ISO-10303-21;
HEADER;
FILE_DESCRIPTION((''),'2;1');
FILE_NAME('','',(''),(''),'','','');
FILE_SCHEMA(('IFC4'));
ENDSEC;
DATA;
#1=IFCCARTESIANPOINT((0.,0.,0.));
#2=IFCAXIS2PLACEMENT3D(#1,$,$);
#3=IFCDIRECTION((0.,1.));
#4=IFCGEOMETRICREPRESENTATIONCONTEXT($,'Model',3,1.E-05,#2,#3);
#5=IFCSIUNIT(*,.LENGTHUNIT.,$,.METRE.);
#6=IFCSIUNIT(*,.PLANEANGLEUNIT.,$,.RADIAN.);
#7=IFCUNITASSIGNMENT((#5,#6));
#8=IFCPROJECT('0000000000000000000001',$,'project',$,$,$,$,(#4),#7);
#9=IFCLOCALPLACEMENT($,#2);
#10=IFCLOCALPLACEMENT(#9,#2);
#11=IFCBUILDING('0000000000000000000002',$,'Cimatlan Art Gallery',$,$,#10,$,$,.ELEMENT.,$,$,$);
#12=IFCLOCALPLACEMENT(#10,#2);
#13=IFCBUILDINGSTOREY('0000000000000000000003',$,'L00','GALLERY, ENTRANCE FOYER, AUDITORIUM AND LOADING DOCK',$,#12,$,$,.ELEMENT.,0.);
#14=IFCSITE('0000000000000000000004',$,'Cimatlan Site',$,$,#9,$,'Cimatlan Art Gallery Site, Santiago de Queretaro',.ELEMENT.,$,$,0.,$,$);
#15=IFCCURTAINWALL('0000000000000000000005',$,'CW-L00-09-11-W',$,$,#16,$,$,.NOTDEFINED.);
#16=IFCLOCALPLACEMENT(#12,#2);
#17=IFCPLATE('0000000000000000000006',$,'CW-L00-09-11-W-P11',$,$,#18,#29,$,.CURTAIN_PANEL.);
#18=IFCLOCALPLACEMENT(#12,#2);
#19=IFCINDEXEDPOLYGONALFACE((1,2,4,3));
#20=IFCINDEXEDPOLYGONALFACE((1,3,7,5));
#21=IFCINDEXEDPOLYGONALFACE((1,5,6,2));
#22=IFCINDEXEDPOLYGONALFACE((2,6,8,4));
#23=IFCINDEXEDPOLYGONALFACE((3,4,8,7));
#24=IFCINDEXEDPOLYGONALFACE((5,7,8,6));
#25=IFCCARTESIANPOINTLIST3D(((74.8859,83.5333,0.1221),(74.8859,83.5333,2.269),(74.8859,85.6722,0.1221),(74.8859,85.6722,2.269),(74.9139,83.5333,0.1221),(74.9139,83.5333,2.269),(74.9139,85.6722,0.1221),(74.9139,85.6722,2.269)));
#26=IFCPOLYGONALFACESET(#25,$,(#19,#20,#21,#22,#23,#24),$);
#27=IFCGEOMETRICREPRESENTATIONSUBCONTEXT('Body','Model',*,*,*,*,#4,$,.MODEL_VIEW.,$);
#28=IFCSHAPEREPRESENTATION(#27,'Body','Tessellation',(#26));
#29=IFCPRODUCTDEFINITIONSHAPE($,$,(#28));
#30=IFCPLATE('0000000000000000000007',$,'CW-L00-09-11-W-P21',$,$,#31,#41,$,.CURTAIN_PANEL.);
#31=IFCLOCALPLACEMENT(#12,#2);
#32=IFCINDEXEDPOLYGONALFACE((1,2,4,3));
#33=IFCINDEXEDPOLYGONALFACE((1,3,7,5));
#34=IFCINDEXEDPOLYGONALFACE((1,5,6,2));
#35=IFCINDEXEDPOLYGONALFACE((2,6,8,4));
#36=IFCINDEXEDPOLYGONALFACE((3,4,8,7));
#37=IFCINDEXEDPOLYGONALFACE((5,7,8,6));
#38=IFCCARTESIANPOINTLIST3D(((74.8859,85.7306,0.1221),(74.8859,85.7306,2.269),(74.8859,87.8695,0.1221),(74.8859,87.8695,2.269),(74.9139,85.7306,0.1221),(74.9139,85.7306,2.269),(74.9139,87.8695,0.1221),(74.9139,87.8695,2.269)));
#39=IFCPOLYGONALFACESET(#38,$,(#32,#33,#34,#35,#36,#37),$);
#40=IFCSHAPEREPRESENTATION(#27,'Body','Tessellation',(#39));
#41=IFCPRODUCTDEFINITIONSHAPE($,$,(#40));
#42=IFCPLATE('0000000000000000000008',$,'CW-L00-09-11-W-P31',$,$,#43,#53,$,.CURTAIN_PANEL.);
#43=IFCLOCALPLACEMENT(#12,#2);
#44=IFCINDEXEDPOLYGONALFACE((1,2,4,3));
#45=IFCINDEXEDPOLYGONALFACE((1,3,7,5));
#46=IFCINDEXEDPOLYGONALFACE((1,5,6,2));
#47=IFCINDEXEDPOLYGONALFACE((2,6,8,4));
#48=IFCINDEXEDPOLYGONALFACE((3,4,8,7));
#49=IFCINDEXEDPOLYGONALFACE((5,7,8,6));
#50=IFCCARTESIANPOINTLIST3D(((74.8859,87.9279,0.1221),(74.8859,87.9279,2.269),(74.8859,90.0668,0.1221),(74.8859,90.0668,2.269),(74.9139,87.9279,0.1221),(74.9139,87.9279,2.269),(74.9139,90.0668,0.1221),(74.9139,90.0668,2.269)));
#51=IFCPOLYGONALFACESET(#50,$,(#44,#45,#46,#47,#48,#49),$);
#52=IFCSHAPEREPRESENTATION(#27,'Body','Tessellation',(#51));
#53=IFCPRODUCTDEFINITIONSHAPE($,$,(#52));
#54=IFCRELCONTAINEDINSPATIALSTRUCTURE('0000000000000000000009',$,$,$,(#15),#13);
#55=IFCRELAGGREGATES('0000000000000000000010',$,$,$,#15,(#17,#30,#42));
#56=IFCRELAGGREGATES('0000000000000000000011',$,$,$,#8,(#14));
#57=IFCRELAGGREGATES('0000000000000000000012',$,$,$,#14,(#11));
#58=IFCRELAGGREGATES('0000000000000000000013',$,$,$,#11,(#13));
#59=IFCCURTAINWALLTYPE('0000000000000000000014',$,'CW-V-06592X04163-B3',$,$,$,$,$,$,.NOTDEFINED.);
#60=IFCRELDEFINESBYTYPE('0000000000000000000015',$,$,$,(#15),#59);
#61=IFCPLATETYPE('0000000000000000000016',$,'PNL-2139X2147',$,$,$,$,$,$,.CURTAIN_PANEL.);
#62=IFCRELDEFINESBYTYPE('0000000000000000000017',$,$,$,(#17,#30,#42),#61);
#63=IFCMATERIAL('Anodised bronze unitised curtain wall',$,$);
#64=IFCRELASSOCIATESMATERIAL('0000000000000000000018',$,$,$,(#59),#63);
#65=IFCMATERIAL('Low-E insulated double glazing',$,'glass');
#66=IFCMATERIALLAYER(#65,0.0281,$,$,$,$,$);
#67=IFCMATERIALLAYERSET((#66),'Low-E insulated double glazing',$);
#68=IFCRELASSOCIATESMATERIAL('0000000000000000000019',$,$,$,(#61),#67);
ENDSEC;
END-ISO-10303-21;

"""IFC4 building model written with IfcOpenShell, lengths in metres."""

from ifc_helpers import new_model, si_unit, direction, frame, origin, origin_2d, place, context, subcontext, project, spatial, rectangle, extrude, material, layer, layer_set, type_object, element, aggregate, save


model = new_model("IFC4")

# Units and contexts
model_context = context("Model", 3, precision=1e-05, world=origin(), true_north=direction((0.0, 1.0)))
body_context = subcontext(model_context, "Body", "Model", "MODEL_VIEW")
ifc_project = project(units=[si_unit("LENGTHUNIT", "METRE"), si_unit("PLANEANGLEUNIT", "RADIAN")], contexts=[model_context])

# Site, building, storey
site_placement = place(None, origin())
site = spatial("IfcSite", under=ifc_project, at=site_placement, Name="Cimatlan Site", LongName="Cimatlan Art Gallery Site, Santiago de Queretaro", CompositionType="ELEMENT", RefElevation=0.0)
building_placement = place(site_placement, origin())
building = spatial("IfcBuilding", under=site, at=building_placement, Name="Cimatlan Art Gallery", CompositionType="ELEMENT")
storey_placement = place(building_placement, origin())
storey = spatial("IfcBuildingStorey", under=building, at=storey_placement, Name="L00", Description="GALLERY, ENTRANCE FOYER, AUDITORIUM AND LOADING DOCK", CompositionType="ELEMENT", Elevation=0.0)

# Shared definitions
ifc_material_1 = material(Name="Anodised bronze unitised curtain wall")

# Curtain wall, plates
curtain_wall_type_1 = type_object("IfcCurtainWallType", Name="CW-V-06592X04163-B3", PredefinedType="NOTDEFINED", material=ifc_material_1)
curtain_wall_1_placement = place(storey_placement, origin())
curtain_wall_1 = element("IfcCurtainWall", 1, at=curtain_wall_1_placement, inside=storey, type_object=curtain_wall_type_1, Name="CW-L00-09-11-W", PredefinedType="NOTDEFINED")
ifc_material_2 = material(Name="Low-E insulated double glazing", Category="glass")
ifc_layer_1 = layer(ifc_material_2, 0.0281)
ifc_layer_set_1 = layer_set([ifc_layer_1], Name="Low-E insulated double glazing")
plate_type_1 = type_object("IfcPlateType", Name="PNL-2139X2147", PredefinedType="CURTAIN_PANEL", material=ifc_layer_set_1)
plate_1_placement = place(storey_placement, frame((74.8999, 84.6028, 0.1221), z_axis=(0.0, 0.0, 1.0), x_axis=(0.0, 1.0, 0.0)))
plate_1 = element("IfcPlate", 2, at=plate_1_placement, type_object=plate_type_1, Name="CW-L00-09-11-W-P11", PredefinedType="CURTAIN_PANEL", context=body_context, shape_type="SweptSolid", body=[
    extrude(rectangle(XDim=2.1389, YDim=0.0281, at=origin_2d()), origin(), (0.0, 0.0, 1.0), 2.147),
])
plate_2_placement = place(storey_placement, frame((74.8999, 86.8, 0.1221), z_axis=(0.0, 0.0, 1.0), x_axis=(0.0, 1.0, 0.0)))
plate_2 = element("IfcPlate", 3, at=plate_2_placement, type_object=plate_type_1, Name="CW-L00-09-11-W-P21", PredefinedType="CURTAIN_PANEL", context=body_context, shape_type="SweptSolid", body=[
    extrude(rectangle(XDim=2.1389, YDim=0.0281, at=origin_2d()), origin(), (0.0, 0.0, 1.0), 2.147),
])
plate_3_placement = place(storey_placement, frame((74.8999, 88.9973, 0.1221), z_axis=(0.0, 0.0, 1.0), x_axis=(0.0, 1.0, 0.0)))
plate_3 = element("IfcPlate", 4, at=plate_3_placement, type_object=plate_type_1, Name="CW-L00-09-11-W-P31", PredefinedType="CURTAIN_PANEL", context=body_context, shape_type="SweptSolid", body=[
    extrude(rectangle(XDim=2.1389, YDim=0.0281, at=origin_2d()), origin(), (0.0, 0.0, 1.0), 2.147),
])
aggregate(curtain_wall_1, [plate_1, plate_2, plate_3])

save(model, "model.ifc")
